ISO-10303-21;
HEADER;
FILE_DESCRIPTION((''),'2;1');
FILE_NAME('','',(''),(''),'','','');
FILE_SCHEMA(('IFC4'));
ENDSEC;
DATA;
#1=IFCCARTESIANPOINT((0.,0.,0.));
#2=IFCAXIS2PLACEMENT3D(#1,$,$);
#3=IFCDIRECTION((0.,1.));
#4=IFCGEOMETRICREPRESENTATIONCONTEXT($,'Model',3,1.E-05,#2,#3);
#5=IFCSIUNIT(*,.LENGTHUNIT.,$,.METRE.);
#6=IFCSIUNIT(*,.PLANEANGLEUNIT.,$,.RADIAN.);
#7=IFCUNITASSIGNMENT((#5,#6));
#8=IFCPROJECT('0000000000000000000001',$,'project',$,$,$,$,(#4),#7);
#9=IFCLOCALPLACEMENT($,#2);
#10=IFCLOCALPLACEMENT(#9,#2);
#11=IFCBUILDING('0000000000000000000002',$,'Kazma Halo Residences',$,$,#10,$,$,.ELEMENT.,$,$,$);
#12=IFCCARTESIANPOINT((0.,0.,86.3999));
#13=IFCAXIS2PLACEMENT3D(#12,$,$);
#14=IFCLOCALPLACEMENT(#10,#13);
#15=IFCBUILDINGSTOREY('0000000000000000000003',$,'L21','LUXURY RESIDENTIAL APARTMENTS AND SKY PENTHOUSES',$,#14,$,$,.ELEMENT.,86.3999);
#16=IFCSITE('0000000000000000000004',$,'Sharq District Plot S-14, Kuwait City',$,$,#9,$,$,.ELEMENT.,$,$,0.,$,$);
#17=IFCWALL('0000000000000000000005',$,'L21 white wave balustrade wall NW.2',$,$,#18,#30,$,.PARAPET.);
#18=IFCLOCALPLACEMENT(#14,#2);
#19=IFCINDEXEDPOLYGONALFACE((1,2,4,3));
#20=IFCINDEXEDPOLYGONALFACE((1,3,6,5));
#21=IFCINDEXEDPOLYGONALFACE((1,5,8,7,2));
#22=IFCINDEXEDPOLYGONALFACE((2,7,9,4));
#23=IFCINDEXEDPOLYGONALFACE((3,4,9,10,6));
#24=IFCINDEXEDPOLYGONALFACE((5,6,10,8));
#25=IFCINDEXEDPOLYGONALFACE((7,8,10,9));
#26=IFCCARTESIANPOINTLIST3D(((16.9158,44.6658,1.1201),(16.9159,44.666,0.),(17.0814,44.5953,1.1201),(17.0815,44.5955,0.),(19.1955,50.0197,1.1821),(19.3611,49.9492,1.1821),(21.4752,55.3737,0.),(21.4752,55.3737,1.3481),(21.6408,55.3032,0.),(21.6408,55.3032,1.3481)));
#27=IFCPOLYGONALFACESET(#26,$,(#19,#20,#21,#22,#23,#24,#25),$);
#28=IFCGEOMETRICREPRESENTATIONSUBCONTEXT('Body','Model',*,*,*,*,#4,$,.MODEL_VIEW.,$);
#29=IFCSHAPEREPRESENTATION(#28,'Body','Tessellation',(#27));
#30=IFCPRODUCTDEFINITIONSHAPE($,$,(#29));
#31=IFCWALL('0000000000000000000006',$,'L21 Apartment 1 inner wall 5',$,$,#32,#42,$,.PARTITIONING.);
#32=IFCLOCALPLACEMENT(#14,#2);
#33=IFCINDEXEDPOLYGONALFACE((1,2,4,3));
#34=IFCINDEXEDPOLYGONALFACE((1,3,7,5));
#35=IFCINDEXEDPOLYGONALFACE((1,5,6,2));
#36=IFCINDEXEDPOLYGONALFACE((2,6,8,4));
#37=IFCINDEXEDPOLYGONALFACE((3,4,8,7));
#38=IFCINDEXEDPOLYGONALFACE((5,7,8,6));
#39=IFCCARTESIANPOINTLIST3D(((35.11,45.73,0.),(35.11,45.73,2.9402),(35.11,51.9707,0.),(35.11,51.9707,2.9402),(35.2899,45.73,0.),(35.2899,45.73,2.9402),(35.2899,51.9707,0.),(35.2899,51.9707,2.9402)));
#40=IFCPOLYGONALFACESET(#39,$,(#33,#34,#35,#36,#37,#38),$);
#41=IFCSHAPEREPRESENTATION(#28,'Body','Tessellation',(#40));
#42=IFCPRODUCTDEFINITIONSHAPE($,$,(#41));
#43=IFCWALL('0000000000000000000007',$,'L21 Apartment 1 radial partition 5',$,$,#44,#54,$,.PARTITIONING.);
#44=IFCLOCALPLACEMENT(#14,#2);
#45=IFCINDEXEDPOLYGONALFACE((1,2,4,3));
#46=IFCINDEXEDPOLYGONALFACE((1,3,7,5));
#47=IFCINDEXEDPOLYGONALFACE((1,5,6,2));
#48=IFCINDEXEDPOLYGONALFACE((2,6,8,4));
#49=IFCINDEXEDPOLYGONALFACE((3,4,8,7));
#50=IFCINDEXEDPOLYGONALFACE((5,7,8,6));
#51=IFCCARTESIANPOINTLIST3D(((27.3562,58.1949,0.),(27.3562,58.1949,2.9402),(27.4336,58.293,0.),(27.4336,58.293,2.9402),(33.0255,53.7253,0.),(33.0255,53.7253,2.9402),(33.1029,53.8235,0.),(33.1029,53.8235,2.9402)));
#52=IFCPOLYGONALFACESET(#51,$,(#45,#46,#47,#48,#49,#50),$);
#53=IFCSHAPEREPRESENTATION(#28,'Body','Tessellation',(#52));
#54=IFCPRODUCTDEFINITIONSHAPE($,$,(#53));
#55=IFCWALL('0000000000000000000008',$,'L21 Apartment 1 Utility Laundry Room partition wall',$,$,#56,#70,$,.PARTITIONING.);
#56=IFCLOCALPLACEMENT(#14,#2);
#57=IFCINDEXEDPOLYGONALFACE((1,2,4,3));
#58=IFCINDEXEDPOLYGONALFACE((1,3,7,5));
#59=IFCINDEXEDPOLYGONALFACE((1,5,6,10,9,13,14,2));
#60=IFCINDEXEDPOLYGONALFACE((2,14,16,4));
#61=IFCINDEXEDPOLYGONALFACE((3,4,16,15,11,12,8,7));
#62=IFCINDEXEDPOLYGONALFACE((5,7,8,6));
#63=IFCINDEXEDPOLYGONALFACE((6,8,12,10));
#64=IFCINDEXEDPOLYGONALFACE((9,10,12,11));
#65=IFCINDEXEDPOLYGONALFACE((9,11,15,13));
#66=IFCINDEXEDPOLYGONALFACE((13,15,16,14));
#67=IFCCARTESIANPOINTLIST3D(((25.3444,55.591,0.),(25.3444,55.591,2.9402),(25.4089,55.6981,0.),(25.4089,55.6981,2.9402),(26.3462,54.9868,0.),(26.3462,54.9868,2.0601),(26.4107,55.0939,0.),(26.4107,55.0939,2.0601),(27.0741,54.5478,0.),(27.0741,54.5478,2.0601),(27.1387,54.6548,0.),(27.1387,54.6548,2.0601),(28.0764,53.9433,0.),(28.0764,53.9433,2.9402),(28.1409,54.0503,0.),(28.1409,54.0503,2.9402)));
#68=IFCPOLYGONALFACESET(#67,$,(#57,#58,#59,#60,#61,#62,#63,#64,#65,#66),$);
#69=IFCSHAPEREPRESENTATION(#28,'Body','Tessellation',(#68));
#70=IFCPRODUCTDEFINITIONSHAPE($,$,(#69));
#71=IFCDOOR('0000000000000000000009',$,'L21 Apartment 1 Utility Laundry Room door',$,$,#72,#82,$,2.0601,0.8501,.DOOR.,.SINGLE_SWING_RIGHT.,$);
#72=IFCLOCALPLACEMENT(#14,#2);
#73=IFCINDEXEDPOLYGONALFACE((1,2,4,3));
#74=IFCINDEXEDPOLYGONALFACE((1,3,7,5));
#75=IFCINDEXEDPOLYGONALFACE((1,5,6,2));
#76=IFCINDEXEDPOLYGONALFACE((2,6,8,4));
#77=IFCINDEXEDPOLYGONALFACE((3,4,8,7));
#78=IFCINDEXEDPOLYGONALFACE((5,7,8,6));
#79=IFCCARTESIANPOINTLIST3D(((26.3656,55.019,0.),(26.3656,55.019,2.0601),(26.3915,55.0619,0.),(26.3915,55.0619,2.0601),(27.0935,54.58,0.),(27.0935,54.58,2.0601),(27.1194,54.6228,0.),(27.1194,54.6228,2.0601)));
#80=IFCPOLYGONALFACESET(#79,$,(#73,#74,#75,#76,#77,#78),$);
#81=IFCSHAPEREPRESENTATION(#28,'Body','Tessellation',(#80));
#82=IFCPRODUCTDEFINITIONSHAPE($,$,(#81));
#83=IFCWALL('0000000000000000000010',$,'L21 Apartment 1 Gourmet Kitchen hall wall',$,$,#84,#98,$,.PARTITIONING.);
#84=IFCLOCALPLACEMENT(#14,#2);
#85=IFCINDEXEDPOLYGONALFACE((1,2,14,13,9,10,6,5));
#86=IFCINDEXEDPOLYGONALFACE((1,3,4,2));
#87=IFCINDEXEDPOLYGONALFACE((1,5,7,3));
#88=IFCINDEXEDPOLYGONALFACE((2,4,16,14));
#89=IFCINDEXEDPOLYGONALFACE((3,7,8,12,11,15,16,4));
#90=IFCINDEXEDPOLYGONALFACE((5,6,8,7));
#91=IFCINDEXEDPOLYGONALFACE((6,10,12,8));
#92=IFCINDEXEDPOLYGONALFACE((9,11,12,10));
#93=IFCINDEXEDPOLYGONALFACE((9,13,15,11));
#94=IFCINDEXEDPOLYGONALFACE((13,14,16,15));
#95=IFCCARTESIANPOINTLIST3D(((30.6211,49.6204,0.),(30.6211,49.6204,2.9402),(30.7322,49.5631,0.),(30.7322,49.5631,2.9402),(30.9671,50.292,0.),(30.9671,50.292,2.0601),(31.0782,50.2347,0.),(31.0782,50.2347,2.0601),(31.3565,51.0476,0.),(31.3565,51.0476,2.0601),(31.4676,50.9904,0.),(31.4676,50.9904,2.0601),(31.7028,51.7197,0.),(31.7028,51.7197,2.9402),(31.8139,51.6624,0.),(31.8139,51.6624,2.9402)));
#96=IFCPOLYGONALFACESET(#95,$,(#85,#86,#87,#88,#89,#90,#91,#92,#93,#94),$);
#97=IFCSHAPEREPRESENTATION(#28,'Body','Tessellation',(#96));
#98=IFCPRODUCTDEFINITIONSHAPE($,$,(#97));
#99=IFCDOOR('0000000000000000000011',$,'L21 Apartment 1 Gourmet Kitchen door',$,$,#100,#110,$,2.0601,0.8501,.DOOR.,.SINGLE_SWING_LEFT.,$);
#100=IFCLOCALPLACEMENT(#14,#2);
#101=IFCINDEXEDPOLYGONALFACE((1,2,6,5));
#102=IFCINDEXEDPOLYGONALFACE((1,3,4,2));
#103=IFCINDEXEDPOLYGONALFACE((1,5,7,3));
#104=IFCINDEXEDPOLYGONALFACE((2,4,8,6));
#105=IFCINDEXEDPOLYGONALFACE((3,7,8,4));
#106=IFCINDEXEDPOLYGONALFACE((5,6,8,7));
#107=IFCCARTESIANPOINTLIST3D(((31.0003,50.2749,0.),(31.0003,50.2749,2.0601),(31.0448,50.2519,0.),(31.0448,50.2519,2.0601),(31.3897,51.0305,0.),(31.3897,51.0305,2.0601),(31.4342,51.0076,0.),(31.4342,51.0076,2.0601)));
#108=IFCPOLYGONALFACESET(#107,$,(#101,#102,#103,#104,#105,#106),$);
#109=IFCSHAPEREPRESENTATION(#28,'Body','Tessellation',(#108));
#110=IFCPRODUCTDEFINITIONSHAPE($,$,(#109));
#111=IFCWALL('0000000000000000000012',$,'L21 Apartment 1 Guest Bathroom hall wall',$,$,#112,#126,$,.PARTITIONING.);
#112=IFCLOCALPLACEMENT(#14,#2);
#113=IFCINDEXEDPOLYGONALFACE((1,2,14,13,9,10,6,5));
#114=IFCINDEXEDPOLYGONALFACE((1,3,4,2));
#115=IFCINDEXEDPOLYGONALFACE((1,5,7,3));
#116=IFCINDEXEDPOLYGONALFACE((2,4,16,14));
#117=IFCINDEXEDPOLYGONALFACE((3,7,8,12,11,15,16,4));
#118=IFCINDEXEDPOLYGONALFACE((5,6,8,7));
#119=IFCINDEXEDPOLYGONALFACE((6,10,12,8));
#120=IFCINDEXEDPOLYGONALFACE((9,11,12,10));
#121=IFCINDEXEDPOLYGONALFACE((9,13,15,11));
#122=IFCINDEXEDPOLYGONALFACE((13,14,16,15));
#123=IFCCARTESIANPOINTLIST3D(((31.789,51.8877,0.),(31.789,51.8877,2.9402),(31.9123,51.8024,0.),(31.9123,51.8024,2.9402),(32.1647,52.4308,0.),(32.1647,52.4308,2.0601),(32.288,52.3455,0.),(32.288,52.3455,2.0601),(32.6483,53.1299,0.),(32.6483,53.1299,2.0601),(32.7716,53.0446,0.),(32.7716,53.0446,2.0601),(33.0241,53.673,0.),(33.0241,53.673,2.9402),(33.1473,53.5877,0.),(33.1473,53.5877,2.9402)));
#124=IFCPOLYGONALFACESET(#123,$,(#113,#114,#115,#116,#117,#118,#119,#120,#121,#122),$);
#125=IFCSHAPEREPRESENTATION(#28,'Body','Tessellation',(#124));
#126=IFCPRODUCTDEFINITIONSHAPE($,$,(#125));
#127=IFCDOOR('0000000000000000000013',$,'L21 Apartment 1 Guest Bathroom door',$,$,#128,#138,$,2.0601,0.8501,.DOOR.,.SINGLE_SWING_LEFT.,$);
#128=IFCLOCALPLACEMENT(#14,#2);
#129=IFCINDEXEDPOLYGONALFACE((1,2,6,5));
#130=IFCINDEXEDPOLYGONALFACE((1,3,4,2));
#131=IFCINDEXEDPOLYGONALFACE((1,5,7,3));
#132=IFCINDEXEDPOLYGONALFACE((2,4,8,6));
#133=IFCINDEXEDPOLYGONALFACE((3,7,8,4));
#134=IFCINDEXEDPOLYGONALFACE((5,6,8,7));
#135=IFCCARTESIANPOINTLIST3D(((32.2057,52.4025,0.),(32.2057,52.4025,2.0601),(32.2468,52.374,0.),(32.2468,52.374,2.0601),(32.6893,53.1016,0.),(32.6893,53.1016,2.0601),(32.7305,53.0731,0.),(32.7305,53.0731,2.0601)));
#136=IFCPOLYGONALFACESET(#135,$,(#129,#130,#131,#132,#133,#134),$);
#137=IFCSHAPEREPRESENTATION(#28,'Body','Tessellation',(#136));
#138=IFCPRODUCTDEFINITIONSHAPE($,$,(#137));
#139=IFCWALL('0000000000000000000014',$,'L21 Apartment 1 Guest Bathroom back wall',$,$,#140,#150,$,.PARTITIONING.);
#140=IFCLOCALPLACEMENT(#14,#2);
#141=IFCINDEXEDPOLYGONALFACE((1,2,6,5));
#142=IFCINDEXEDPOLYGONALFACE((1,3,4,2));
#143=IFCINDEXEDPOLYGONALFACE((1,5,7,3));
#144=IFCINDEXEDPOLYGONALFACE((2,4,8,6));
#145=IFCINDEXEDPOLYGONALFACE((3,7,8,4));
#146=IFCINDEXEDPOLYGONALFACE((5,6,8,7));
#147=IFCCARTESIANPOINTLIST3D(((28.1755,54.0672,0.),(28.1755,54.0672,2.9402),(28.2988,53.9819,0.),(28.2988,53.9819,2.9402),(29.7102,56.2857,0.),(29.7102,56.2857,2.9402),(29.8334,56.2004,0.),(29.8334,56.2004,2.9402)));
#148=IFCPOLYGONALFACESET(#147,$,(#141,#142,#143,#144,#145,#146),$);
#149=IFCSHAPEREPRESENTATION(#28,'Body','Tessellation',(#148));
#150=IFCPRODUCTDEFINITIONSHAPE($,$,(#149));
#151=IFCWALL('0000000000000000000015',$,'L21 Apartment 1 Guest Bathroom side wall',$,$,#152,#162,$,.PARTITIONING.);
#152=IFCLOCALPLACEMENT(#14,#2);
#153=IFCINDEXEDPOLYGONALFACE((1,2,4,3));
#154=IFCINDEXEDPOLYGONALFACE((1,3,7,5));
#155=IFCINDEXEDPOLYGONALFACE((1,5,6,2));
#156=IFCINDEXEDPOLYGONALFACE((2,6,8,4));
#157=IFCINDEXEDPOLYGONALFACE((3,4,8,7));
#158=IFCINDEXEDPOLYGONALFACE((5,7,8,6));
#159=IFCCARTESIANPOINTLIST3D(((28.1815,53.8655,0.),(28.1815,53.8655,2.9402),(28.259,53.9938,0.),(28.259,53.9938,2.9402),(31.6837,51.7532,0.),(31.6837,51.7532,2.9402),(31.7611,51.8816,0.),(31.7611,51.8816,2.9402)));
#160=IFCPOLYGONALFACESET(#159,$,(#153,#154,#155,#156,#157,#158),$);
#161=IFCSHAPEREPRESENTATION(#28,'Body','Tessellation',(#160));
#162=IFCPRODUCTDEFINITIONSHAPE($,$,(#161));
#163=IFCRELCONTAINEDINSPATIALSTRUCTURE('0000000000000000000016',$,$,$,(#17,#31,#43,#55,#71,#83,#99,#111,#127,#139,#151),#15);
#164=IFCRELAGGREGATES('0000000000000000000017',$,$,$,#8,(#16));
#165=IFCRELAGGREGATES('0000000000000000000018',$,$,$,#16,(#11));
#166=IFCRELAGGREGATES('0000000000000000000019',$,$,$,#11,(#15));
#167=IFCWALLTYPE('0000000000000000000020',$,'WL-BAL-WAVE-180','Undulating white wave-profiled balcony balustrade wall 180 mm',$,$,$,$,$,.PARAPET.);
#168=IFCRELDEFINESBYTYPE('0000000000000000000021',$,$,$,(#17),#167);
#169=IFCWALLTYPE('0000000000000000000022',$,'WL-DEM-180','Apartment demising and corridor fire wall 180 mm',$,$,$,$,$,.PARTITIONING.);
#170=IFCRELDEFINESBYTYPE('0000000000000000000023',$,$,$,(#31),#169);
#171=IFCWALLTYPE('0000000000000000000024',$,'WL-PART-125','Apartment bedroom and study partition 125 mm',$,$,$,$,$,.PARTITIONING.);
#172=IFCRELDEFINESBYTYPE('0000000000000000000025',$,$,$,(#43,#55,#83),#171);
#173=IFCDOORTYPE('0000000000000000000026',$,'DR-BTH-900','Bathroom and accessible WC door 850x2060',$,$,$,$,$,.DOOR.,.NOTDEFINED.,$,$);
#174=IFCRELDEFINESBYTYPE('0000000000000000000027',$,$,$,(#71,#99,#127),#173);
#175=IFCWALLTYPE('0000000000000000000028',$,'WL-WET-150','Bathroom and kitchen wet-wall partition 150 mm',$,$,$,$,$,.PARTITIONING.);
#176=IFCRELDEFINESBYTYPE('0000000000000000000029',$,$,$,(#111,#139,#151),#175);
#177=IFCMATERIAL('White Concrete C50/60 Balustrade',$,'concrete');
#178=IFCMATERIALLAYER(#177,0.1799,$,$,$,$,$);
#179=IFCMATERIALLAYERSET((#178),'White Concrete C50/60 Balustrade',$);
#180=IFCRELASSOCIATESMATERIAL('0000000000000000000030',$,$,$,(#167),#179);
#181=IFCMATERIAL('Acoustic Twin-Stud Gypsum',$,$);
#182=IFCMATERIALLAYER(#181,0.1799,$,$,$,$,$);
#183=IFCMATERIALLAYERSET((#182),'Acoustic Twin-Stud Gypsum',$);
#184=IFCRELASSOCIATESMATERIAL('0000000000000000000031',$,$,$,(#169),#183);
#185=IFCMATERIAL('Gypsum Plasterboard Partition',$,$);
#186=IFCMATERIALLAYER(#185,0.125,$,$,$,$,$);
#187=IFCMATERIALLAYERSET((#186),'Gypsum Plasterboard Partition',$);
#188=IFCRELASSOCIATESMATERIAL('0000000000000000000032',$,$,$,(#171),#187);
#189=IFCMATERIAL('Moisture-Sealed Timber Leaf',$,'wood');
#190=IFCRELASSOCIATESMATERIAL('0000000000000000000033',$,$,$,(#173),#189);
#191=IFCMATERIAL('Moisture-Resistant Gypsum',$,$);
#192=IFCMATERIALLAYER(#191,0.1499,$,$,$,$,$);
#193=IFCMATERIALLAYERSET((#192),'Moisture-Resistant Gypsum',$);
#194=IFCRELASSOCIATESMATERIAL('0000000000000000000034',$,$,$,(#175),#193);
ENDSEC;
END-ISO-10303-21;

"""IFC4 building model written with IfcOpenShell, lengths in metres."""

from ifc_helpers import new_model, si_unit, direction, frame, frame_2d, origin, place, context, subcontext, project, spatial, polyline, rectangle, outline, extrude, material, layer, layer_set, type_object, element, fill, save


model = new_model("IFC4")

# Units and contexts
model_context = context("Model", 3, precision=1e-05, world=origin(), true_north=direction((0.0, 1.0)))
body_context = subcontext(model_context, "Body", "Model", "MODEL_VIEW")
ifc_project = project(units=[si_unit("LENGTHUNIT", "METRE"), si_unit("PLANEANGLEUNIT", "RADIAN")], contexts=[model_context])

# Site, building, storey
site_placement = place(None, origin())
site = spatial("IfcSite", under=ifc_project, at=site_placement, Name="Sharq District Plot S-14, Kuwait City", CompositionType="ELEMENT", RefElevation=0.0)
building_placement = place(site_placement, origin())
building = spatial("IfcBuilding", under=site, at=building_placement, Name="Kazma Halo Residences", CompositionType="ELEMENT")
storey_placement = place(building_placement, frame((0.0, 0.0, 86.3999)))
storey = spatial("IfcBuildingStorey", under=building, at=storey_placement, Name="L21", Description="LUXURY RESIDENTIAL APARTMENTS AND SKY PENTHOUSES", CompositionType="ELEMENT", Elevation=86.3999)

# Walls
ifc_material_1 = material(Name="White Concrete C50/60 Balustrade", Category="concrete")
ifc_layer_1 = layer(ifc_material_1, 0.1799)
ifc_layer_set_1 = layer_set([ifc_layer_1], Name="White Concrete C50/60 Balustrade")
wall_type_1 = type_object("IfcWallType", Name="WL-BAL-WAVE-180", Description="Undulating white wave-profiled balcony balustrade wall 180 mm", PredefinedType="PARAPET", material=ifc_layer_set_1)
wall_1_placement = place(storey_placement, frame((21.5581, 55.3384, 0.0), z_axis=(0.0, 0.0, 1.0), x_axis=(-0.391761, -0.920067, 0.0)))
element("IfcWall", 1, at=wall_1_placement, inside=storey, type_object=wall_type_1, Name="L21 white wave balustrade wall NW.2", PredefinedType="PARAPET", context=body_context, shape_type="SweptSolid", body=[
    extrude(outline(polyline([(0.0, 0.0), (11.6379, 0.0), (11.6382, 1.1201), (5.8191, 1.1821), (0.0, 1.3481), (0.0, 0.0)])), frame((0.0, 0.0898, 0.0), z_axis=(0.0, -1.0, 0.0), x_axis=(1.0, 0.0, 0.0)), (0.0, 0.0, 1.0), 0.1799),
])
ifc_material_2 = material(Name="Acoustic Twin-Stud Gypsum")
ifc_layer_2 = layer(ifc_material_2, 0.1799)
ifc_layer_set_2 = layer_set([ifc_layer_2], Name="Acoustic Twin-Stud Gypsum")
wall_type_2 = type_object("IfcWallType", Name="WL-DEM-180", Description="Apartment demising and corridor fire wall 180 mm", PredefinedType="PARTITIONING", material=ifc_layer_set_2)
wall_2_placement = place(storey_placement, frame((35.2, 51.9707, 0.0), z_axis=(0.0, 0.0, 1.0), x_axis=(0.0, -1.0, 0.0)))
element("IfcWall", 2, at=wall_2_placement, inside=storey, type_object=wall_type_2, Name="L21 Apartment 1 inner wall 5", PredefinedType="PARTITIONING", context=body_context, shape_type="SweptSolid", body=[
    extrude(rectangle(XDim=6.2407, YDim=0.1799, at=frame_2d((3.1204, 0.0))), origin(), (0.0, 0.0, 1.0), 2.9402),
])

# Wall
ifc_material_3 = material(Name="Gypsum Plasterboard Partition")
ifc_layer_3 = layer(ifc_material_3, 0.125)
ifc_layer_set_3 = layer_set([ifc_layer_3], Name="Gypsum Plasterboard Partition")
wall_type_3 = type_object("IfcWallType", Name="WL-PART-125", Description="Apartment bedroom and study partition 125 mm", PredefinedType="PARTITIONING", material=ifc_layer_set_3)
wall_3_placement = place(storey_placement, frame((33.0642, 53.7744, 0.0), z_axis=(0.0, 0.0, 1.0), x_axis=(-0.7853, 0.619116, 0.0)))
element("IfcWall", 3, at=wall_3_placement, inside=storey, type_object=wall_type_3, Name="L21 Apartment 1 radial partition 5", PredefinedType="PARTITIONING", context=body_context, shape_type="SweptSolid", body=[
    extrude(rectangle(XDim=7.2192, YDim=0.125, at=frame_2d((3.6096, 0.0))), origin(), (0.0, 0.0, 1.0), 2.9402),
])

# Walls, openings, doors
wall_4_placement = place(storey_placement, frame((28.1086, 53.9968, 0.0), z_axis=(0.0, 0.0, 1.0), x_axis=(-0.856309, 0.516464, 0.0)))
wall_4 = element("IfcWall", 4, at=wall_4_placement, inside=storey, type_object=wall_type_3, Name="L21 Apartment 1 Utility Laundry Room partition wall", PredefinedType="PARTITIONING", context=body_context, shape_type="SweptSolid", body=[
    extrude(rectangle(XDim=3.1904, YDim=0.125, at=frame_2d((1.5952, 0.0))), origin(), (0.0, 0.0, 1.0), 2.9402),
])
opening_1_placement = place(wall_4_placement, frame((1.1704, 0.0, 0.0)))
opening_1 = element("IfcOpeningElement", 5, at=opening_1_placement, cuts=wall_4, PredefinedType="OPENING", context=body_context, shape_type="SweptSolid", body=[
    extrude(rectangle(XDim=0.8501, YDim=2.0601, at=frame_2d((0.425, 1.03))), frame((0.0, 0.0725, 0.0), z_axis=(0.0, -1.0, 0.0), x_axis=(1.0, 0.0, 0.0)), (0.0, 0.0, 1.0), 0.145),
])
ifc_material_4 = material(Name="Moisture-Sealed Timber Leaf", Category="wood")
door_type_1 = type_object("IfcDoorType", Name="DR-BTH-900", Description="Bathroom and accessible WC door 850x2060", OperationType="NOTDEFINED", PredefinedType="DOOR", material=ifc_material_4)
door_1_placement = place(opening_1_placement, origin())
door_1 = element("IfcDoor", 6, at=door_1_placement, inside=storey, type_object=door_type_1, Name="L21 Apartment 1 Utility Laundry Room door", OperationType="SINGLE_SWING_RIGHT", OverallHeight=2.0601, OverallWidth=0.8501, PredefinedType="DOOR", context=body_context, shape_type="SweptSolid", body=[
    extrude(rectangle(XDim=0.8501, YDim=2.0601, at=frame_2d((0.425, 1.03))), frame((0.0, 0.0249, 0.0), z_axis=(0.0, -1.0, 0.0), x_axis=(1.0, 0.0, 0.0)), (0.0, 0.0, 1.0), 0.05),
])
fill(opening_1, door_1)
wall_5_placement = place(storey_placement, frame((31.7583, 51.6909, 0.0), z_axis=(0.0, 0.0, 1.0), x_axis=(-0.458056, -0.888924, 0.0)))
wall_5 = element("IfcWall", 7, at=wall_5_placement, inside=storey, type_object=wall_type_3, Name="L21 Apartment 1 Gourmet Kitchen hall wall", PredefinedType="PARTITIONING", context=body_context, shape_type="SweptSolid", body=[
    extrude(rectangle(XDim=2.3616, YDim=0.125, at=frame_2d((1.1807, 0.0))), origin(), (0.0, 0.0, 1.0), 2.9402),
])
opening_2_placement = place(wall_5_placement, frame((0.7559, 0.0, 0.0)))
opening_2 = element("IfcOpeningElement", 8, at=opening_2_placement, cuts=wall_5, PredefinedType="OPENING", context=body_context, shape_type="SweptSolid", body=[
    extrude(rectangle(XDim=0.8501, YDim=2.0601, at=frame_2d((0.425, 1.03))), frame((0.0, 0.0725, 0.0), z_axis=(0.0, -1.0, 0.0), x_axis=(1.0, 0.0, 0.0)), (0.0, 0.0, 1.0), 0.145),
])
door_2_placement = place(opening_2_placement, origin())
door_2 = element("IfcDoor", 9, at=door_2_placement, inside=storey, type_object=door_type_1, Name="L21 Apartment 1 Gourmet Kitchen door", OperationType="SINGLE_SWING_LEFT", OverallHeight=2.0601, OverallWidth=0.8501, PredefinedType="DOOR", context=body_context, shape_type="SweptSolid", body=[
    extrude(rectangle(XDim=0.8501, YDim=2.0601, at=frame_2d((0.425, 1.03))), frame((0.0, 0.0249, 0.0), z_axis=(0.0, -1.0, 0.0), x_axis=(1.0, 0.0, 0.0)), (0.0, 0.0, 1.0), 0.05),
])
fill(opening_2, door_2)
ifc_material_5 = material(Name="Moisture-Resistant Gypsum")
ifc_layer_4 = layer(ifc_material_5, 0.1499)
ifc_layer_set_4 = layer_set([ifc_layer_4], Name="Moisture-Resistant Gypsum")
wall_type_4 = type_object("IfcWallType", Name="WL-WET-150", Description="Bathroom and kitchen wet-wall partition 150 mm", PredefinedType="PARTITIONING", material=ifc_layer_set_4)
wall_6_placement = place(storey_placement, frame((33.0857, 53.6304, 0.0), z_axis=(0.0, 0.0, 1.0), x_axis=(-0.568918, -0.822395, 0.0)))
wall_6 = element("IfcWall", 10, at=wall_6_placement, inside=storey, type_object=wall_type_4, Name="L21 Apartment 1 Guest Bathroom hall wall", PredefinedType="PARTITIONING", context=body_context, shape_type="SweptSolid", body=[
    extrude(rectangle(XDim=2.1709, YDim=0.1499, at=frame_2d((1.0854, 0.0))), origin(), (0.0, 0.0, 1.0), 2.9402),
])
opening_3_placement = place(wall_6_placement, frame((0.6604, 0.0, 0.0)))
opening_3 = element("IfcOpeningElement", 11, at=opening_3_placement, cuts=wall_6, PredefinedType="OPENING", context=body_context, shape_type="SweptSolid", body=[
    extrude(rectangle(XDim=0.8501, YDim=2.0601, at=frame_2d((0.425, 1.03))), frame((0.0, 0.085, 0.0), z_axis=(0.0, -1.0, 0.0), x_axis=(1.0, 0.0, 0.0)), (0.0, 0.0, 1.0), 0.1699),
])
door_3_placement = place(opening_3_placement, origin())
door_3 = element("IfcDoor", 12, at=door_3_placement, inside=storey, type_object=door_type_1, Name="L21 Apartment 1 Guest Bathroom door", OperationType="SINGLE_SWING_LEFT", OverallHeight=2.0601, OverallWidth=0.8501, PredefinedType="DOOR", context=body_context, shape_type="SweptSolid", body=[
    extrude(rectangle(XDim=0.8501, YDim=2.0601, at=frame_2d((0.425, 1.03))), frame((0.0, 0.0249, 0.0), z_axis=(0.0, -1.0, 0.0), x_axis=(1.0, 0.0, 0.0)), (0.0, 0.0, 1.0), 0.05),
])
fill(opening_3, door_3)

# Walls
wall_7_placement = place(storey_placement, frame((29.7717, 56.2429, 0.0), z_axis=(0.0, 0.0, 1.0), x_axis=(-0.568904, -0.822404, 0.0)))
element("IfcWall", 13, at=wall_7_placement, inside=storey, type_object=wall_type_4, Name="L21 Apartment 1 Guest Bathroom back wall", PredefinedType="PARTITIONING", context=body_context, shape_type="SweptSolid", body=[
    extrude(rectangle(XDim=2.6975, YDim=0.1499, at=frame_2d((1.3486, 0.0))), origin(), (0.0, 0.0, 1.0), 2.9402),
])
wall_8_placement = place(storey_placement, frame((31.7224, 51.8174, 0.0), z_axis=(0.0, 0.0, 1.0), x_axis=(-0.856306, 0.51647, 0.0)))
element("IfcWall", 14, at=wall_8_placement, inside=storey, type_object=wall_type_4, Name="L21 Apartment 1 Guest Bathroom side wall", PredefinedType="PARTITIONING", context=body_context, shape_type="SweptSolid", body=[
    extrude(rectangle(XDim=4.0898, YDim=0.1499, at=frame_2d((2.0449, 0.0))), origin(), (0.0, 0.0, 1.0), 2.9402),
])

save(model, "model.ifc")
